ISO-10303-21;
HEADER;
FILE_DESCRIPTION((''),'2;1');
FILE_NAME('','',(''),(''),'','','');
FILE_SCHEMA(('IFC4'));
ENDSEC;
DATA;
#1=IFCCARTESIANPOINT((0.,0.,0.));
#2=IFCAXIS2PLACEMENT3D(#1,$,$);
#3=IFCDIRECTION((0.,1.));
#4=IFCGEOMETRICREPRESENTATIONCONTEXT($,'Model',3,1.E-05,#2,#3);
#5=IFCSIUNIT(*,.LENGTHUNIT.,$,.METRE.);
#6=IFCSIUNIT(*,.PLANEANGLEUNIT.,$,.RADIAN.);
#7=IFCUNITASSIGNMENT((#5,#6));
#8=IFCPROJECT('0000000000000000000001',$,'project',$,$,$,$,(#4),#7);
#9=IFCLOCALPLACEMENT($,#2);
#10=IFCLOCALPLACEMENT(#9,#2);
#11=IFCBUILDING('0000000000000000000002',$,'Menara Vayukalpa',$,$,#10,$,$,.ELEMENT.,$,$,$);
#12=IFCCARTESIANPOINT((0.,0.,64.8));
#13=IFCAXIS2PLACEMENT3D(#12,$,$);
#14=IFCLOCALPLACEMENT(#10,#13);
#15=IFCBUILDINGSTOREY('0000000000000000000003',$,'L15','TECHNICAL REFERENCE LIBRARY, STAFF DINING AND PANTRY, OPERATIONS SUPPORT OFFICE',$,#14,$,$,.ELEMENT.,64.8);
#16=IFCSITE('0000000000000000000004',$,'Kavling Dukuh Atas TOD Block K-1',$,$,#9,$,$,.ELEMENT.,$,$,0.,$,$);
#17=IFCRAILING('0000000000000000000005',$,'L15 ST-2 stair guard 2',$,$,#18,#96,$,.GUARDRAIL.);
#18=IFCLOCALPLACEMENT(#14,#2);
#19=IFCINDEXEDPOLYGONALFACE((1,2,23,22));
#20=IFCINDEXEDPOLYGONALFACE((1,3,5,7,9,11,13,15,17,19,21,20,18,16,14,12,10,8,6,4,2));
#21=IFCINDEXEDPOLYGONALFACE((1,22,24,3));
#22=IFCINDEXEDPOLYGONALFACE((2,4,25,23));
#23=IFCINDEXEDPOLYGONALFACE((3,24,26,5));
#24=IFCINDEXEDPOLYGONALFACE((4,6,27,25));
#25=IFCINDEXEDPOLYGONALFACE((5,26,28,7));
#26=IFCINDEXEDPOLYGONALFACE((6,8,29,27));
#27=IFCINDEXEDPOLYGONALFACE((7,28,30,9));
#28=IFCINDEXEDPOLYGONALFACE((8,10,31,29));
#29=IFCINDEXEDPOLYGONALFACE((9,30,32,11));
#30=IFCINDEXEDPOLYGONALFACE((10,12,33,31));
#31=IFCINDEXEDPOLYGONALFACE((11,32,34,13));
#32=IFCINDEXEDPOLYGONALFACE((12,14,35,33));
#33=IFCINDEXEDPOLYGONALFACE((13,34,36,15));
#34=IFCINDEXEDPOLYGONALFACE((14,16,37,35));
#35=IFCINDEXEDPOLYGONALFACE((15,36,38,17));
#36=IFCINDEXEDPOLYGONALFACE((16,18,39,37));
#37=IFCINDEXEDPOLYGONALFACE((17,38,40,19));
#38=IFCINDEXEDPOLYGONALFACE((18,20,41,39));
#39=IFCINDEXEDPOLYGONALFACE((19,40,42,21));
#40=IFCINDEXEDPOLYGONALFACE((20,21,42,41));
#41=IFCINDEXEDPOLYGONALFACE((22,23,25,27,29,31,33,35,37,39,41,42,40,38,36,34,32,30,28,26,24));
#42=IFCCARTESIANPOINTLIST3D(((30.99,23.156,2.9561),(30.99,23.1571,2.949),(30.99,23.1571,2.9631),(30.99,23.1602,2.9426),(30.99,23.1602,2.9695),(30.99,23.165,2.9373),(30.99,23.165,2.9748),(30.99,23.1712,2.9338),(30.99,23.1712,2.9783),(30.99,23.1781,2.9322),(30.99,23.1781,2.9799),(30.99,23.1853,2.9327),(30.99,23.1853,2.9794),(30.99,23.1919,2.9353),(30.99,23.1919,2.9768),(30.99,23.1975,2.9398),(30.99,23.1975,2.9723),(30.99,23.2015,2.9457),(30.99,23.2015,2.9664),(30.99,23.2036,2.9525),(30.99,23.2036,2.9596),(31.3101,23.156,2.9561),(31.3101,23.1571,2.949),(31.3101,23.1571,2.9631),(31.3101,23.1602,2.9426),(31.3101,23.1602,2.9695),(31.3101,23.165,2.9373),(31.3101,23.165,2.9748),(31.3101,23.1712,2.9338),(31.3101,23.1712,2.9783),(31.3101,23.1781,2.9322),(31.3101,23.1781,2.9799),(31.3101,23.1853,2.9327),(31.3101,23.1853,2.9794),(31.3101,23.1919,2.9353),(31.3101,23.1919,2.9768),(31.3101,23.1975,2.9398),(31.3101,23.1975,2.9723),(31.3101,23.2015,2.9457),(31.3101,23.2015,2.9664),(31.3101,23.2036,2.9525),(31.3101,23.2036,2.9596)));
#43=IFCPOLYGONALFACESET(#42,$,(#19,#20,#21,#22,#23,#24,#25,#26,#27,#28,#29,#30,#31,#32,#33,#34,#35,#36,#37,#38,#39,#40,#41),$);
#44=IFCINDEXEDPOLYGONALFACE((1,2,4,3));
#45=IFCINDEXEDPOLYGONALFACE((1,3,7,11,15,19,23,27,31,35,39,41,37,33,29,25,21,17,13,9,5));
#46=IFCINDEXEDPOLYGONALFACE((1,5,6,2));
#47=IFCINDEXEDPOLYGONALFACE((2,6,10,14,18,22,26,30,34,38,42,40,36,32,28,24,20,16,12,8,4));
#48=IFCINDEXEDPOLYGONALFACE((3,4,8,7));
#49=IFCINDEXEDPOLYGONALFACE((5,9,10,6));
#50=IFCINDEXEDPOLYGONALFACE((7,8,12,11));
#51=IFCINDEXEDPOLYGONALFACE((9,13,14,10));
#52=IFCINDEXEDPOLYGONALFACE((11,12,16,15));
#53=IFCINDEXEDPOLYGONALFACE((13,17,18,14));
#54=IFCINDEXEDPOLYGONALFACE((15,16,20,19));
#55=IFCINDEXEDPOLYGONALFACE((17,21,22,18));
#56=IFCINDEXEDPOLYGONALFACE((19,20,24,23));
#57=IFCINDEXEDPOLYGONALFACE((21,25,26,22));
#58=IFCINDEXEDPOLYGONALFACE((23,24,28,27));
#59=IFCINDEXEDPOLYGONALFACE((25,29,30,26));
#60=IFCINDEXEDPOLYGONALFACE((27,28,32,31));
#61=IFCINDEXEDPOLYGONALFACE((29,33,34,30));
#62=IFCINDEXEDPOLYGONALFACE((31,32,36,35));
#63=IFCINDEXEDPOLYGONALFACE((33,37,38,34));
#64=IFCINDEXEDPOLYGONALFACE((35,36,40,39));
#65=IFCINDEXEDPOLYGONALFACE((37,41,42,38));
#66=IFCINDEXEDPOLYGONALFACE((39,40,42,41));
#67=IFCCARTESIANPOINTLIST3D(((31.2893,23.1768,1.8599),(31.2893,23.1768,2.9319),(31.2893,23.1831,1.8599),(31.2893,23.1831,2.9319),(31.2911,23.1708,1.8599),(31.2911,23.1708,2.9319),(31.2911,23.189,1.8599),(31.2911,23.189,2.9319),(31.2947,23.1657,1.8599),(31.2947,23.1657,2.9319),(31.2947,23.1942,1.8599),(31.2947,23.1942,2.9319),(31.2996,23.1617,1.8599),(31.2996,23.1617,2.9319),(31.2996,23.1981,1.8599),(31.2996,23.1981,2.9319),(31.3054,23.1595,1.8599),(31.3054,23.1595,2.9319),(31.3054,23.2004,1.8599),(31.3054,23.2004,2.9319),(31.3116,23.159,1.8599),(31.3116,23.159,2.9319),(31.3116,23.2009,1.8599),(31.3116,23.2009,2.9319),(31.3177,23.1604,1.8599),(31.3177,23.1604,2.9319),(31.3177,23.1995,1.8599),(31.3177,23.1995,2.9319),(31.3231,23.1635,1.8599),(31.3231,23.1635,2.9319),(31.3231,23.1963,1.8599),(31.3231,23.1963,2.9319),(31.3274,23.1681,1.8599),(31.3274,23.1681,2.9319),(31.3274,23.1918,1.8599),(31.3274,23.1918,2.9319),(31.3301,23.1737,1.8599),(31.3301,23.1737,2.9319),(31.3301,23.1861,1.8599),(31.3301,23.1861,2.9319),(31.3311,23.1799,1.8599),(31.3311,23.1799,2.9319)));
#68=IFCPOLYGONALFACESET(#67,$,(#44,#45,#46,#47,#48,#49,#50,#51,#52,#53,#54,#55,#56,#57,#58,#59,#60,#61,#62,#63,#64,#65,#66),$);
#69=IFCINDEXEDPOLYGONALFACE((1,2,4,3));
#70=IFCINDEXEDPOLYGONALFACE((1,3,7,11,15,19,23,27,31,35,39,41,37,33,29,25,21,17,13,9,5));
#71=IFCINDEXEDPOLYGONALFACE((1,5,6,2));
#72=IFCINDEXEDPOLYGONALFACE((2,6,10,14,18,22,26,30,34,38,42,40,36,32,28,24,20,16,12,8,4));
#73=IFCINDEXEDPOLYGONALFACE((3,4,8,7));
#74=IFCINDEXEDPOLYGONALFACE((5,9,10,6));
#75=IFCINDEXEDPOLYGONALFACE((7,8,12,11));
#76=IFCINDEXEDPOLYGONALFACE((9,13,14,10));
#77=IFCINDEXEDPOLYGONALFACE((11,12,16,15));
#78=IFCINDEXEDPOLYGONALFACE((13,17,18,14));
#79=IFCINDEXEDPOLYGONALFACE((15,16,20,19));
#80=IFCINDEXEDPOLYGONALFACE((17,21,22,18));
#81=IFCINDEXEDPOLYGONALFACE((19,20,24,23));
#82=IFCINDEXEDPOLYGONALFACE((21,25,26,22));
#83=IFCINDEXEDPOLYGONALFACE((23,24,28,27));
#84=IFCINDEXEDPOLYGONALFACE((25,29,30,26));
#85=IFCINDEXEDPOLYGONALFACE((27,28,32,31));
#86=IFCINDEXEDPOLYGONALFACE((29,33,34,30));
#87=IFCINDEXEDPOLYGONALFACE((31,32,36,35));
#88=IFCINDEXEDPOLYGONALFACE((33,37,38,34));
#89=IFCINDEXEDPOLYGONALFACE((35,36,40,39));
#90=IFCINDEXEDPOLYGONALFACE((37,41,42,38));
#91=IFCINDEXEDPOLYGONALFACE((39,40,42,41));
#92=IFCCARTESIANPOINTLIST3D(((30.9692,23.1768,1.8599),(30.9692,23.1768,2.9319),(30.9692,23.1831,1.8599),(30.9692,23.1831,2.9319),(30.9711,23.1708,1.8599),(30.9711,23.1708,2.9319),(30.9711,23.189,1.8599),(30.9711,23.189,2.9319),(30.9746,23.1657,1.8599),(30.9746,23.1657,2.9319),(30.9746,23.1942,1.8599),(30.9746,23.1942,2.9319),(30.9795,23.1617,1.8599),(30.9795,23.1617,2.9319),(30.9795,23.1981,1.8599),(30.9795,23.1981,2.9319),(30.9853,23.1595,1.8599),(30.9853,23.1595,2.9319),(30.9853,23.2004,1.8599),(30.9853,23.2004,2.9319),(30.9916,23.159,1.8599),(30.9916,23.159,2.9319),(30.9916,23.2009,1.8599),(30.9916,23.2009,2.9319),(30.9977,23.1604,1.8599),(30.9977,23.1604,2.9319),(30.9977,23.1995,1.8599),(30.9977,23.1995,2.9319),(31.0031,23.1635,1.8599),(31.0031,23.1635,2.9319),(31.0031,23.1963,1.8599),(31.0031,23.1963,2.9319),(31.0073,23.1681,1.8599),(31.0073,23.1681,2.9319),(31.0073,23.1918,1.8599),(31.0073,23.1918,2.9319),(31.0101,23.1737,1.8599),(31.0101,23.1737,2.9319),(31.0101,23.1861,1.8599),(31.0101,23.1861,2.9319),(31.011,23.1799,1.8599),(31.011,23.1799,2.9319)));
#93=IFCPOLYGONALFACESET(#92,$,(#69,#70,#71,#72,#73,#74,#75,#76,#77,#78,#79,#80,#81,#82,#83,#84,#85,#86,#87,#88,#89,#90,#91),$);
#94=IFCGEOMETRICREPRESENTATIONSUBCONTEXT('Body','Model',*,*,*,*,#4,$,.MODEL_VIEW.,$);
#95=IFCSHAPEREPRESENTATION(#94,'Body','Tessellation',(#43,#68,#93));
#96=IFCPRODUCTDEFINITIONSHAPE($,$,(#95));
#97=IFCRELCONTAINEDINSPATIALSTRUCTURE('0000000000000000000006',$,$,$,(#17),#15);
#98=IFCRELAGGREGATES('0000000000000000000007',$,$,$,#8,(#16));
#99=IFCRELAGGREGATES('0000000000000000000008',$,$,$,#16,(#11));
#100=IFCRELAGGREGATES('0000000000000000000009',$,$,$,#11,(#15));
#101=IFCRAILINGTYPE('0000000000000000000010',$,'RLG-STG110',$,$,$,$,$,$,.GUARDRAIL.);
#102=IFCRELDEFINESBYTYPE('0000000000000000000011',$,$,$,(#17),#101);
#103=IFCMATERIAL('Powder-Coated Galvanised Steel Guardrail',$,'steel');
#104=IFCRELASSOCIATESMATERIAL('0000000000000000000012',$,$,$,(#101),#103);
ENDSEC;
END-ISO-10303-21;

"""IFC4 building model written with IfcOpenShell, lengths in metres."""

from ifc_helpers import new_model, si_unit, direction, frame, origin, origin_2d, place, context, subcontext, project, spatial, circle, extrude, material, type_object, element, save


model = new_model("IFC4")

# Units and contexts
model_context = context("Model", 3, precision=1e-05, world=origin(), true_north=direction((0.0, 1.0)))
body_context = subcontext(model_context, "Body", "Model", "MODEL_VIEW")
ifc_project = project(units=[si_unit("LENGTHUNIT", "METRE"), si_unit("PLANEANGLEUNIT", "RADIAN")], contexts=[model_context])

# Site, building, storey
site_placement = place(None, origin())
site = spatial("IfcSite", under=ifc_project, at=site_placement, Name="Kavling Dukuh Atas TOD Block K-1", CompositionType="ELEMENT", RefElevation=0.0)
building_placement = place(site_placement, origin())
building = spatial("IfcBuilding", under=site, at=building_placement, Name="Menara Vayukalpa", CompositionType="ELEMENT")
storey_placement = place(building_placement, frame((0.0, 0.0, 64.8)))
storey = spatial("IfcBuildingStorey", under=building, at=storey_placement, Name="L15", Description="TECHNICAL REFERENCE LIBRARY, STAFF DINING AND PANTRY, OPERATIONS SUPPORT OFFICE", CompositionType="ELEMENT", Elevation=64.8)

# Railing
ifc_material_1 = material(Name="Powder-Coated Galvanised Steel Guardrail", Category="steel")
railing_type_1 = type_object("IfcRailingType", Name="RLG-STG110", PredefinedType="GUARDRAIL", material=ifc_material_1)
railing_1_placement = place(storey_placement, frame((31.3101, 23.1799, 1.8599)))
element("IfcRailing", 1, at=railing_1_placement, inside=storey, type_object=railing_type_1, Name="L15 ST-2 stair guard 2", PredefinedType="GUARDRAIL", context=body_context, shape_type="SweptSolid", body=[
    extrude(circle(Radius=0.0239, at=origin_2d()), frame((0.0, 0.0, 1.0962), z_axis=(-1.0, 0.0, 0.0), x_axis=(0.0, -1.0, 0.0)), (0.0, 0.0, 1.0), 0.3201),
    extrude(circle(Radius=0.021, at=origin_2d()), origin(), (0.0, 0.0, 1.0), 1.072),
    extrude(circle(Radius=0.021, at=origin_2d()), frame((-0.3201, 0.0, 0.0)), (0.0, 0.0, 1.0), 1.072),
])

save(model, "model.ifc")
